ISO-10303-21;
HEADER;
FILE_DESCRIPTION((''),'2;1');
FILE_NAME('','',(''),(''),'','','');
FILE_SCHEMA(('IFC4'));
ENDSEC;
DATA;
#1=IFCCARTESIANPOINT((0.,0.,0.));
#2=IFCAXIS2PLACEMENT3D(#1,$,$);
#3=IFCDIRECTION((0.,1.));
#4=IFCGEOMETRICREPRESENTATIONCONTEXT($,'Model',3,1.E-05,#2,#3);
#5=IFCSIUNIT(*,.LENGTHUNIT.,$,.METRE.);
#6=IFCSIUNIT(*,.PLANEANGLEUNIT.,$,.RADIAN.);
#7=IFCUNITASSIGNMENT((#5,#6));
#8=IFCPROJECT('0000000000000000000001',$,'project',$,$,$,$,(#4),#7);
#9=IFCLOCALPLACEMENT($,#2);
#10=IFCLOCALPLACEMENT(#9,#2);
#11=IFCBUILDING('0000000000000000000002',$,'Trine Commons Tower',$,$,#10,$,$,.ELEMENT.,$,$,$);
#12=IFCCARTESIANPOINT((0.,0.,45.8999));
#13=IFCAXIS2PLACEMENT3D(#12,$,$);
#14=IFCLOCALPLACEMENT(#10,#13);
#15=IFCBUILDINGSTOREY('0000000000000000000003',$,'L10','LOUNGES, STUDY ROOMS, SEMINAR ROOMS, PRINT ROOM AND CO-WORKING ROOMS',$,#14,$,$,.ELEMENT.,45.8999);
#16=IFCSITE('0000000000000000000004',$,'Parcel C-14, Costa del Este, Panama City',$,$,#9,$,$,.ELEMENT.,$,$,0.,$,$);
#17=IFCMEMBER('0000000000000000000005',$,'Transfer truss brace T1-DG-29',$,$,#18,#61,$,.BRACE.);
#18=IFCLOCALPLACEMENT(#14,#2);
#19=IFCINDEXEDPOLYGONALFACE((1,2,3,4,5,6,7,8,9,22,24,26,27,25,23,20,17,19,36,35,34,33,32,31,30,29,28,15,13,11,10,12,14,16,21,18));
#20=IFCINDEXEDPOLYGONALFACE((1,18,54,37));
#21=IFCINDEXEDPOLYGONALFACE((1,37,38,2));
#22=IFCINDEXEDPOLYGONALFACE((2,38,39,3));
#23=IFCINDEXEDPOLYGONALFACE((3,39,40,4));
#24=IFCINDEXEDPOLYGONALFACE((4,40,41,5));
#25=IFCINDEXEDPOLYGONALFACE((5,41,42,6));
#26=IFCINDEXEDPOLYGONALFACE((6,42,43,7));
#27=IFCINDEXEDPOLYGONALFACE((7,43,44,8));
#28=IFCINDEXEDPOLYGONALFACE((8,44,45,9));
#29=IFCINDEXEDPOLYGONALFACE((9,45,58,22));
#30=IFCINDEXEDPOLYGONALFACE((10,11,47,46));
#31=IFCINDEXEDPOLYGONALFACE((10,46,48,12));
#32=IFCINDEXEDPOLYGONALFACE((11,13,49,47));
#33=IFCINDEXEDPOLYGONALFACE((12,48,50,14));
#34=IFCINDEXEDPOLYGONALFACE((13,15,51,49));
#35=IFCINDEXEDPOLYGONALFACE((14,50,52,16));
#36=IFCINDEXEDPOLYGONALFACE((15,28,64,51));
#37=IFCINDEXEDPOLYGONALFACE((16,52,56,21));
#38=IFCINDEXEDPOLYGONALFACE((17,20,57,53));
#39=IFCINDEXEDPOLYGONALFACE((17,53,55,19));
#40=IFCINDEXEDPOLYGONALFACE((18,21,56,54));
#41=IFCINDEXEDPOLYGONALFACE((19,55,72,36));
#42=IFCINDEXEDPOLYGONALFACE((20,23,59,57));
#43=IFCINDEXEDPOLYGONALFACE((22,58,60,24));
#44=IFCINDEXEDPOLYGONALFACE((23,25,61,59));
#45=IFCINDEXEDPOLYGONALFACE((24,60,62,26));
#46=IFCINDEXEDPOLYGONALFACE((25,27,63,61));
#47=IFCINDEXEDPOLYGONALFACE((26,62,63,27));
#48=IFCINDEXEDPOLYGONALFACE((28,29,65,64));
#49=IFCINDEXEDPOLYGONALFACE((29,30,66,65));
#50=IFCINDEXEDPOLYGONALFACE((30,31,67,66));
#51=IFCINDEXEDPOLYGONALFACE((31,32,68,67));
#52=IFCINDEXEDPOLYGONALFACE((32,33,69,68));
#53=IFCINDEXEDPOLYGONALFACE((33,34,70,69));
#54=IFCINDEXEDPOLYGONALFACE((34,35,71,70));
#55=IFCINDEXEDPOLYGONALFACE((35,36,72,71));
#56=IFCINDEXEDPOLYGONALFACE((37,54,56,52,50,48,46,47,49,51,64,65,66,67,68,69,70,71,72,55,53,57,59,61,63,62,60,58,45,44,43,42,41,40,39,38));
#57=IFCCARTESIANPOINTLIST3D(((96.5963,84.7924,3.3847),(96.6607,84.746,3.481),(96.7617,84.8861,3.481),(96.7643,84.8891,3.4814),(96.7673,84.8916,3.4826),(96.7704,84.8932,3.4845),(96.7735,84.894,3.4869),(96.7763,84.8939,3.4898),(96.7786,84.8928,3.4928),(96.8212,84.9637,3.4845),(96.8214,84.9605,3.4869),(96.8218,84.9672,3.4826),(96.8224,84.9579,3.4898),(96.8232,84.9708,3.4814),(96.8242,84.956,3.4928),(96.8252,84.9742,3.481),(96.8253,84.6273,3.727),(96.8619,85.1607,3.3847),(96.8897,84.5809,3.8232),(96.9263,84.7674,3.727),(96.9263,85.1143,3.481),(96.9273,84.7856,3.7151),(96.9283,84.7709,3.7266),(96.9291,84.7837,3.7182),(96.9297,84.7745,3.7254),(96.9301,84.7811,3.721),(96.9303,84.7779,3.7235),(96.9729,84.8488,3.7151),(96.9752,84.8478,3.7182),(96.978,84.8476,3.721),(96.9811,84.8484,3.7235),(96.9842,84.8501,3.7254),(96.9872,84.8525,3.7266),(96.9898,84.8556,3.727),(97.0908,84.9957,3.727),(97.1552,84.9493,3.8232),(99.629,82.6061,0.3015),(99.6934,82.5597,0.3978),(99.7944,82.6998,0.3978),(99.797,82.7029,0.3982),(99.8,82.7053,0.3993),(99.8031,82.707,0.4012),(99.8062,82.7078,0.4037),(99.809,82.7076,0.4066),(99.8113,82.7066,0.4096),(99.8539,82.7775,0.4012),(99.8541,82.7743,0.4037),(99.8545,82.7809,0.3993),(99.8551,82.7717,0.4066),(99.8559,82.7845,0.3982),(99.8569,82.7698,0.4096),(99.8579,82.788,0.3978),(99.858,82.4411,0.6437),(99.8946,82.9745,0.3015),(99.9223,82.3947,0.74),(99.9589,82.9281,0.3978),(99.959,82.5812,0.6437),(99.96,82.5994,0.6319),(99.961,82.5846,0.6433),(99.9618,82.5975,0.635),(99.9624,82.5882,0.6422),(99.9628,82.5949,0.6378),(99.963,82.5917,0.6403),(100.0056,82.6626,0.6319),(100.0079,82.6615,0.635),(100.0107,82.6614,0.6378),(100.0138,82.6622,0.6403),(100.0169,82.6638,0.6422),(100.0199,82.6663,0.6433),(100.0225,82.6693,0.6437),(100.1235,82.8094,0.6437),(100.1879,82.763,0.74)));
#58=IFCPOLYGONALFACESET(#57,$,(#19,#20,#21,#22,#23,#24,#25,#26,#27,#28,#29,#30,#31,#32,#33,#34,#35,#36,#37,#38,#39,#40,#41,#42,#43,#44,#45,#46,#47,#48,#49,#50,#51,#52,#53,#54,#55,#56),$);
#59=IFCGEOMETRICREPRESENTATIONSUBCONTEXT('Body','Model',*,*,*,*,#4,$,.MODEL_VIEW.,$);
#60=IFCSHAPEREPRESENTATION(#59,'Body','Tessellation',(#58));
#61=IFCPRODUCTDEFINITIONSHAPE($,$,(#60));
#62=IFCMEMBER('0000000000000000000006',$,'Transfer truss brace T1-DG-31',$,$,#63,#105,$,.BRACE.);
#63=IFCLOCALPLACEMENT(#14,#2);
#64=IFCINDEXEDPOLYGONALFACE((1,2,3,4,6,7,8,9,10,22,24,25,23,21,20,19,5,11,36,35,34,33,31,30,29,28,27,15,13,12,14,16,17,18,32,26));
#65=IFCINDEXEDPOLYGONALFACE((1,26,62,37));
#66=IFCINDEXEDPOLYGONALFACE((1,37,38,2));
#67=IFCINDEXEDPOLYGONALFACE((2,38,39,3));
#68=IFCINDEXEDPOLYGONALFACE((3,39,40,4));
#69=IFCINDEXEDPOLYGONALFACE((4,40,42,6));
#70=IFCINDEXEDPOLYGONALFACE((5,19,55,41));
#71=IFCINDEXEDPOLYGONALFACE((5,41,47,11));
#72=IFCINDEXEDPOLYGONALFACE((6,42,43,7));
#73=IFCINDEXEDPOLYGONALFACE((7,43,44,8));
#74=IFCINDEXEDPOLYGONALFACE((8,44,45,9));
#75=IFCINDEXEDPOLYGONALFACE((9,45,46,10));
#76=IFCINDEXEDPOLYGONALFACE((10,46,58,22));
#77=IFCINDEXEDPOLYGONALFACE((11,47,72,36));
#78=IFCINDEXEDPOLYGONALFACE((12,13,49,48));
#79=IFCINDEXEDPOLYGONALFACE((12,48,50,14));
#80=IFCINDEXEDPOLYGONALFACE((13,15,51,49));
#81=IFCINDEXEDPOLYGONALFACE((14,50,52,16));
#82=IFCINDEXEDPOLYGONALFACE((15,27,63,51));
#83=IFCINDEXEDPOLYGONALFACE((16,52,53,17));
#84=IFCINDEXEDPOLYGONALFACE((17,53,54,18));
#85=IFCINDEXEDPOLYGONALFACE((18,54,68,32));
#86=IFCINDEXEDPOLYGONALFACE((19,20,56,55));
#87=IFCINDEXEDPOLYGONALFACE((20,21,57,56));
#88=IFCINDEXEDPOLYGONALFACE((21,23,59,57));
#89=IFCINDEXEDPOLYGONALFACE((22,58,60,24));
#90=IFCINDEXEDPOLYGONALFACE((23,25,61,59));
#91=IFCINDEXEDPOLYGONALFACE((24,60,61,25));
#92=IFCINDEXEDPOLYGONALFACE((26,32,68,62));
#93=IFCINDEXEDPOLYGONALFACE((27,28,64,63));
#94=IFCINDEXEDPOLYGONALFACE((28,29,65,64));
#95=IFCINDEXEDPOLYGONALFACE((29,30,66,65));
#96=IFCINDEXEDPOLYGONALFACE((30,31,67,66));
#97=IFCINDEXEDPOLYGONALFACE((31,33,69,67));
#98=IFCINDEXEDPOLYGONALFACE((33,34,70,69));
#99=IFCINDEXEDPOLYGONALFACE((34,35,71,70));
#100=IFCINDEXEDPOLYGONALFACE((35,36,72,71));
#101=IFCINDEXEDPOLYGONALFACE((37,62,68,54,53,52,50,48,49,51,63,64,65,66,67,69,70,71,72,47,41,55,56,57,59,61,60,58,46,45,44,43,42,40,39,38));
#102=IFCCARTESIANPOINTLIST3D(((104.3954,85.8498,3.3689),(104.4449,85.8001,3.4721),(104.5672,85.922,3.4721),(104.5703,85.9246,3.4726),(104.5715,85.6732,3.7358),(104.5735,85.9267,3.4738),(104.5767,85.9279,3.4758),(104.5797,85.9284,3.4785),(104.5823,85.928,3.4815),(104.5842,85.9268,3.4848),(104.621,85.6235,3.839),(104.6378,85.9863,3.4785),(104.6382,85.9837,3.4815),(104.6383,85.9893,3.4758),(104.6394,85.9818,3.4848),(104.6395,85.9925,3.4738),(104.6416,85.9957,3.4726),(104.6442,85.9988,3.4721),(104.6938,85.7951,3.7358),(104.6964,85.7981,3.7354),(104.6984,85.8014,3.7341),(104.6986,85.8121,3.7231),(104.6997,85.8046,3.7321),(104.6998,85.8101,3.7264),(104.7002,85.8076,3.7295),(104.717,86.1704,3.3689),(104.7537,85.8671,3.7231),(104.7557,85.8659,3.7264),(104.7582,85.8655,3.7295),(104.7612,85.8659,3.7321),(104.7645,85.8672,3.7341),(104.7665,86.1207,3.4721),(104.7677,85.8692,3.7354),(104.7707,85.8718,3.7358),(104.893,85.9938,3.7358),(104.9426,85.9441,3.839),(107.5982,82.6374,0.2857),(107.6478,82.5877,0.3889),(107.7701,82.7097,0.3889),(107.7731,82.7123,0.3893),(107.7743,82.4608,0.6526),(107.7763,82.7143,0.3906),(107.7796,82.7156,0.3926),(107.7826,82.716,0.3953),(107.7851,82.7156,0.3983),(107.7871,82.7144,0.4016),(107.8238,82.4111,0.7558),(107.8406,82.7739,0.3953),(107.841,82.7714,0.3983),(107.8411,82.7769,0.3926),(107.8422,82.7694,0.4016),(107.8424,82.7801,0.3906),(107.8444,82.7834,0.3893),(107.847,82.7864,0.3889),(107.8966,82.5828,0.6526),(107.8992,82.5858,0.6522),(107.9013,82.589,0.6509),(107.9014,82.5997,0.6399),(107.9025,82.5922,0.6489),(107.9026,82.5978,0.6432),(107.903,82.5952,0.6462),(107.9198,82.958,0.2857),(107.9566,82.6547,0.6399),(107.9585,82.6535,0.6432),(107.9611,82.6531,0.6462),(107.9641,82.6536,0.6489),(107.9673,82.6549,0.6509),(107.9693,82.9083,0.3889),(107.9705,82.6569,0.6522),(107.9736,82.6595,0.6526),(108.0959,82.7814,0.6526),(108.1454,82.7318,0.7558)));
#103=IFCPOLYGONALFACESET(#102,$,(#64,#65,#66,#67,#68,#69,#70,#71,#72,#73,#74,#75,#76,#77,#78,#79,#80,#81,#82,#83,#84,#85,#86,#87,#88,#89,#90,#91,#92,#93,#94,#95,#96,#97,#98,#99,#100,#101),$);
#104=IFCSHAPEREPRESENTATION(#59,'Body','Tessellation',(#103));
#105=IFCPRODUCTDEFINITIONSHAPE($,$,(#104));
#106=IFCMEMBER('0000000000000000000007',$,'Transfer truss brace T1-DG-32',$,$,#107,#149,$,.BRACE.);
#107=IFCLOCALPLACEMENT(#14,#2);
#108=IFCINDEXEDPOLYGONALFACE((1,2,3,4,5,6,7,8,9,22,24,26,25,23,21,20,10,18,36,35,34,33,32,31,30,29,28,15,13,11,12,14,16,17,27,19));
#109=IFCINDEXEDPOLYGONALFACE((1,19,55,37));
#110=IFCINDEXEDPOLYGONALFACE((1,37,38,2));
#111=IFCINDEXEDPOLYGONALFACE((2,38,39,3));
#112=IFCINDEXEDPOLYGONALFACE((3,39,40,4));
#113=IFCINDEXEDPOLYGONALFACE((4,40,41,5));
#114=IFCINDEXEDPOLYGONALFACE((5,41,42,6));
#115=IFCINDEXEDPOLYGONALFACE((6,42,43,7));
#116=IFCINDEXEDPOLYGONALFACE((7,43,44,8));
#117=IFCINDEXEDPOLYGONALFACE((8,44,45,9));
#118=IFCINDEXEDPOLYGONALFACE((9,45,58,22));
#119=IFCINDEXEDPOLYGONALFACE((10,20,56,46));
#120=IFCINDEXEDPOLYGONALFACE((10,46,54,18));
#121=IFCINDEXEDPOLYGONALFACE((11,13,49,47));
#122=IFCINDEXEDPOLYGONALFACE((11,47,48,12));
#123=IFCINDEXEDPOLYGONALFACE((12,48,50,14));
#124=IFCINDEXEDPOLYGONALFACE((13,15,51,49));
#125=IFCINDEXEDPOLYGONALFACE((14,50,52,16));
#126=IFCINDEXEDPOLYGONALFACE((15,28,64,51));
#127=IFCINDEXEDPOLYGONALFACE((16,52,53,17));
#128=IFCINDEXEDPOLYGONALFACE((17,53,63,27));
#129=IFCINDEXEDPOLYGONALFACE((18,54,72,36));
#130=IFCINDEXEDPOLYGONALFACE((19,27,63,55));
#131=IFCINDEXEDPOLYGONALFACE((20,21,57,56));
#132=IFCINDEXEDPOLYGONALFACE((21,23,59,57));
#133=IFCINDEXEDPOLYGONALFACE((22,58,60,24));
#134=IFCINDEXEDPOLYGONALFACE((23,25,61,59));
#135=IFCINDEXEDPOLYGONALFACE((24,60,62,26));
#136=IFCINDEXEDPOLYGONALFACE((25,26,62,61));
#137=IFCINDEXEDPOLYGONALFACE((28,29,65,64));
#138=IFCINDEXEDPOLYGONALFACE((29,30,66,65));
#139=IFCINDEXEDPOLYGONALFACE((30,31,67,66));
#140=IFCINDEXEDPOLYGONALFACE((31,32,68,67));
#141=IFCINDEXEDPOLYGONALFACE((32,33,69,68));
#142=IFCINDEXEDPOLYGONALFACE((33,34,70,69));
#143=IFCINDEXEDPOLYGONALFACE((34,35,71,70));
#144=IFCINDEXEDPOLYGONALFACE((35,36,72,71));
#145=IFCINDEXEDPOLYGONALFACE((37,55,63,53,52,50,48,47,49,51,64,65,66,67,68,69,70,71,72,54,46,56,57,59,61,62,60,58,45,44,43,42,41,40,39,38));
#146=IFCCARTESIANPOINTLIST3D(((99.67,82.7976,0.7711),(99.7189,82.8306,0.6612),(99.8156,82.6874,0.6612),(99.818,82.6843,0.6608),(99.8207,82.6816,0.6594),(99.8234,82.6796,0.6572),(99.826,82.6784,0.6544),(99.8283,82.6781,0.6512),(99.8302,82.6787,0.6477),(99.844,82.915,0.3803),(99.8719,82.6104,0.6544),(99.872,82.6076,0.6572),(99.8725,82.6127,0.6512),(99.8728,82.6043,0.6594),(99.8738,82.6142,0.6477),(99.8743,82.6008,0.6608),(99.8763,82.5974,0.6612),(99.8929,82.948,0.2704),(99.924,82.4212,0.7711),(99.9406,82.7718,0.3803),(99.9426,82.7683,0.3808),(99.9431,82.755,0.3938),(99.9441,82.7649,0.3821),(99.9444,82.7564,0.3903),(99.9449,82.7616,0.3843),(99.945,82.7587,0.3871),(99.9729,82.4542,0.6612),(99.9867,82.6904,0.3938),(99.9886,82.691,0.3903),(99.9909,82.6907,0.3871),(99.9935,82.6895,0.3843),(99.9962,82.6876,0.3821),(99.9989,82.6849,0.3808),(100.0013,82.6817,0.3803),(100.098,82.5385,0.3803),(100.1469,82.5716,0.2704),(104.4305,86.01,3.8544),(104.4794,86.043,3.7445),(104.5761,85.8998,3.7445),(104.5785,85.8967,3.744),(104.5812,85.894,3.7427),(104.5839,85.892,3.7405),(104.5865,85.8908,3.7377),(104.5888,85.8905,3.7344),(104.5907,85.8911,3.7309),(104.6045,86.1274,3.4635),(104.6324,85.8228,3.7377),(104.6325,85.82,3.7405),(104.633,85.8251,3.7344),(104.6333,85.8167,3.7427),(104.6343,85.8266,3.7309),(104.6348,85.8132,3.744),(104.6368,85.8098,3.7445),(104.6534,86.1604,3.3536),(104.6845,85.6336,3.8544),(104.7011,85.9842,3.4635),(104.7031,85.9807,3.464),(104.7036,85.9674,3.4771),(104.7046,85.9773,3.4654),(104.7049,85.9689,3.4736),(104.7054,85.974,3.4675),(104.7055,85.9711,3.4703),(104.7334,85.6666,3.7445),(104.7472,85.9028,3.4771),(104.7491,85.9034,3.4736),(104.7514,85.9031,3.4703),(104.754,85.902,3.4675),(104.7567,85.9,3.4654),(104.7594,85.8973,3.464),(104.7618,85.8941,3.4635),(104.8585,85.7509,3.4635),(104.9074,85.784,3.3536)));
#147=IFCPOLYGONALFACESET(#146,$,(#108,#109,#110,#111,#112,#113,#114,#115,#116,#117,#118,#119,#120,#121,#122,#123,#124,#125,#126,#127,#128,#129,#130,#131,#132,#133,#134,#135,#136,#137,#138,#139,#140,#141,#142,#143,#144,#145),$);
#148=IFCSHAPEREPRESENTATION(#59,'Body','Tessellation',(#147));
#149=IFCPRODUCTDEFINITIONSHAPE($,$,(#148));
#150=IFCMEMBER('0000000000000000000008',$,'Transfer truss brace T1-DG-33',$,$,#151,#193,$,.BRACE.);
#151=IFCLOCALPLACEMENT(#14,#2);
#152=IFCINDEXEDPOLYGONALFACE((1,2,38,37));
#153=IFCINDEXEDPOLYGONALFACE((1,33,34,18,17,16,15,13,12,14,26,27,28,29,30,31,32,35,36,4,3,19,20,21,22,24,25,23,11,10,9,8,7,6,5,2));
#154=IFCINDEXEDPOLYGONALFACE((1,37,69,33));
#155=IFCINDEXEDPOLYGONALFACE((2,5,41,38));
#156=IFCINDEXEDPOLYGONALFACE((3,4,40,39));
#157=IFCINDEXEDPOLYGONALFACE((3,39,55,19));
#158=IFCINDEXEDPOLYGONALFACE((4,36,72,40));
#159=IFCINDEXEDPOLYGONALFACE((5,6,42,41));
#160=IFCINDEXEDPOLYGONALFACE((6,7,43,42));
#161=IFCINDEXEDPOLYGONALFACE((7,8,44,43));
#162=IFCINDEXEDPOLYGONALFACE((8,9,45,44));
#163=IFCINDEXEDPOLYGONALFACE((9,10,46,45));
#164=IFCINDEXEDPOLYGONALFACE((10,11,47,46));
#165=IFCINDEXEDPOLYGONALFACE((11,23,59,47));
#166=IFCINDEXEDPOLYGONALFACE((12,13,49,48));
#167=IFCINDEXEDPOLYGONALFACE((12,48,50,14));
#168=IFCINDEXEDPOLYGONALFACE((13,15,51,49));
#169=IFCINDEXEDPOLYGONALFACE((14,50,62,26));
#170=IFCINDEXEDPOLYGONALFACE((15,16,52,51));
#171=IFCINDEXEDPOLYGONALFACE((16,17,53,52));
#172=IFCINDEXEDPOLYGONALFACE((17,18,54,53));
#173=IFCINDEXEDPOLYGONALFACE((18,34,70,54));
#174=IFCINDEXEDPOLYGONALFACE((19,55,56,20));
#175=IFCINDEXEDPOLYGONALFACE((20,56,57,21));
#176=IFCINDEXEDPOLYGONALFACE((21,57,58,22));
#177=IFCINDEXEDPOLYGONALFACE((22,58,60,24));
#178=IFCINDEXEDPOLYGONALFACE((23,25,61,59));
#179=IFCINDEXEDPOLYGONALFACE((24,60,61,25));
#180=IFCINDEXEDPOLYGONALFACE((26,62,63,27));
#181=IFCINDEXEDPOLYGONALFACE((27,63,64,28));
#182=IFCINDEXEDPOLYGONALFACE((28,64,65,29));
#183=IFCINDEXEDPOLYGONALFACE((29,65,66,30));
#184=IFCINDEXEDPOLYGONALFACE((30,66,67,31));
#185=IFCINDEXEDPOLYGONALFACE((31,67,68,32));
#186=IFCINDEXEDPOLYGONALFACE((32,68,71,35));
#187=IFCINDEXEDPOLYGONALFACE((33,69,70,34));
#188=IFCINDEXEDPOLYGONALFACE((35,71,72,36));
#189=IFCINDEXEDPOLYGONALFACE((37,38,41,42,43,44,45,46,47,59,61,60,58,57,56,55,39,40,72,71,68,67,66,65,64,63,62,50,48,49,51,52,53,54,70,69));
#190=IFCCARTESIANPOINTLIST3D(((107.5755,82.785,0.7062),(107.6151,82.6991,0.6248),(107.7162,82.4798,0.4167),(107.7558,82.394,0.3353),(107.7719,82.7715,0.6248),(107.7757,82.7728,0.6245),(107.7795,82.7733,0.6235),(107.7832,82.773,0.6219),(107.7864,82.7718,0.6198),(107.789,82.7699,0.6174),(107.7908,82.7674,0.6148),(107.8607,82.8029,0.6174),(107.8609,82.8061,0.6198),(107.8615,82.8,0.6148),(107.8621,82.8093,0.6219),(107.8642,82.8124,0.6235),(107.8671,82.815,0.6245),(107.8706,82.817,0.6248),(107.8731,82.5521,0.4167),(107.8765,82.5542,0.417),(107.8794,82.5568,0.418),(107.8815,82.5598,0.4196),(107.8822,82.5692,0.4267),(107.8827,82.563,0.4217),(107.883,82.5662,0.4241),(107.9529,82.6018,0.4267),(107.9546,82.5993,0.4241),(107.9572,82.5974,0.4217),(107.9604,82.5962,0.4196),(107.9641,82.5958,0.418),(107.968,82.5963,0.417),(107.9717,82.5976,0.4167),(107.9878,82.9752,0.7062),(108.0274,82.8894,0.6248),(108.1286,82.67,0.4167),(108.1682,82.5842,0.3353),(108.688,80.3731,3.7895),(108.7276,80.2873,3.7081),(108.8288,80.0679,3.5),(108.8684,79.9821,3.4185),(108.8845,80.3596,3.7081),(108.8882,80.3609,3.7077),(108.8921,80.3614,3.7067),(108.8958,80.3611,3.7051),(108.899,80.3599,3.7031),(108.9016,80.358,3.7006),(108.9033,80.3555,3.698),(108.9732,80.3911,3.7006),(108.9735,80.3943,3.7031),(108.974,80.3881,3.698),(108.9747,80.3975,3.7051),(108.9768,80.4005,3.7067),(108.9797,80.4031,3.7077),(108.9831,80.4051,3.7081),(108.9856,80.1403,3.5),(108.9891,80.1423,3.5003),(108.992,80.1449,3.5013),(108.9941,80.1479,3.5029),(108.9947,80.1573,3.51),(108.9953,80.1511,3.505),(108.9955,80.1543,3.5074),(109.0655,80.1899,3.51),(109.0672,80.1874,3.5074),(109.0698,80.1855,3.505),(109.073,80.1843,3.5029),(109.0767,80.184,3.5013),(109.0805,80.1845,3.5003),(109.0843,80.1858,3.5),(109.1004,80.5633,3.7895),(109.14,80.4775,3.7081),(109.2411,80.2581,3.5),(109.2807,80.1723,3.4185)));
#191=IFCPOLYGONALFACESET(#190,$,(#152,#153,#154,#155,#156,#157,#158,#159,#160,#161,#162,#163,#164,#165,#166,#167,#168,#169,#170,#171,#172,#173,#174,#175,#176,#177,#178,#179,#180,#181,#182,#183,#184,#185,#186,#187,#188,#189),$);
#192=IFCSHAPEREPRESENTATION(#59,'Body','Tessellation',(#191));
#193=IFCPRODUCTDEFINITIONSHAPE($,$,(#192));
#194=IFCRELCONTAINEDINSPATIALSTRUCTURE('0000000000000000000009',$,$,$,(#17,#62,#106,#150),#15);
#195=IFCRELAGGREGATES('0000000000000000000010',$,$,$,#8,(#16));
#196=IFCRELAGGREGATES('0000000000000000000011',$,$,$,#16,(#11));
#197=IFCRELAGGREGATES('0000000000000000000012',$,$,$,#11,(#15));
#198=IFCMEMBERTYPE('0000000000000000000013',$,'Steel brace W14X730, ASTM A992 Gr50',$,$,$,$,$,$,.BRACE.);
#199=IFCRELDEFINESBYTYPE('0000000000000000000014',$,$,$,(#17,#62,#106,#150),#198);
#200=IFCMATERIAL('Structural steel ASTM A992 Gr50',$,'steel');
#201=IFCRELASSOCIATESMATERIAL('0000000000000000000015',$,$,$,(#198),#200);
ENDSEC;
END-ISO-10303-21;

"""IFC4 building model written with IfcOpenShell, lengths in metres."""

from ifc_helpers import new_model, si_unit, direction, frame, origin, origin_2d, place, context, subcontext, project, spatial, i_section, extrude, material, material_profile, profile_set, type_object, element, save


model = new_model("IFC4")

# Units and contexts
model_context = context("Model", 3, precision=1e-05, world=origin(), true_north=direction((0.0, 1.0)))
body_context = subcontext(model_context, "Body", "Model", "MODEL_VIEW")
ifc_project = project(units=[si_unit("LENGTHUNIT", "METRE"), si_unit("PLANEANGLEUNIT", "RADIAN")], contexts=[model_context])

# Site, building, storey
site_placement = place(None, origin())
site = spatial("IfcSite", under=ifc_project, at=site_placement, Name="Parcel C-14, Costa del Este, Panama City", CompositionType="ELEMENT", RefElevation=0.0)
building_placement = place(site_placement, origin())
building = spatial("IfcBuilding", under=site, at=building_placement, Name="Trine Commons Tower", CompositionType="ELEMENT")
storey_placement = place(building_placement, frame((0.0, 0.0, 45.8999)))
storey = spatial("IfcBuildingStorey", under=building, at=storey_placement, Name="L10", Description="LOUNGES, STUDY ROOMS, SEMINAR ROOMS, PRINT ROOM AND CO-WORKING ROOMS", CompositionType="ELEMENT", Elevation=45.8999)

# Shared definitions
ifc_material_1 = material(Name="Structural steel ASTM A992 Gr50", Category="steel")

# Members
ifc_material_profile_1 = material_profile(ifc_material_1, i_section(OverallWidth=0.4541, OverallDepth=0.5684, WebThickness=0.0779, FlangeThickness=0.1248, FilletRadius=0.0154, at=origin_2d()), Name="W14X730")
ifc_profile_set_1 = profile_set([ifc_material_profile_1], Name="Structural steel ASTM A992 Gr50")
member_type_1 = type_object("IfcMemberType", Name="Steel brace W14X730, ASTM A992 Gr50", PredefinedType="BRACE", material=ifc_profile_set_1)
member_1_placement = place(storey_placement, frame((99.9084, 82.6846, 0.5208), z_axis=(-0.625819, 0.451152, 0.636248), x_axis=(-0.584785, -0.811189, 0.0)))
element("IfcMember", 1, at=member_1_placement, inside=storey, type_object=member_type_1, Name="Transfer truss brace T1-DG-29", PredefinedType="BRACE", context=body_context, shape_type="SweptSolid", body=[
    extrude(i_section(OverallWidth=0.4541, OverallDepth=0.5684, WebThickness=0.0779, FlangeThickness=0.1248, FilletRadius=0.0154, at=origin_2d()), origin(), (0.0, 0.0, 1.0), 4.8459),
])
member_2_placement = place(storey_placement, frame((107.8718, 82.6846, 0.5208), z_axis=(-0.583942, 0.585678, 0.562132), x_axis=(-0.708155, -0.706057, 0.0)))
element("IfcMember", 2, at=member_2_placement, inside=storey, type_object=member_type_1, Name="Transfer truss brace T1-DG-31", PredefinedType="BRACE", context=body_context, shape_type="SweptSolid", body=[
    extrude(i_section(OverallWidth=0.4541, OverallDepth=0.5684, WebThickness=0.0779, FlangeThickness=0.1248, FilletRadius=0.0154, at=origin_2d()), origin(), (0.0, 0.0, 1.0), 5.4849),
])
member_3_placement = place(storey_placement, frame((99.9084, 82.6846, 0.5208), z_axis=(0.730327, 0.492828, 0.473014), x_axis=(-0.559361, 0.828924, 0.0)))
element("IfcMember", 3, at=member_3_placement, inside=storey, type_object=member_type_1, Name="Transfer truss brace T1-DG-32", PredefinedType="BRACE", context=body_context, shape_type="SweptSolid", body=[
    extrude(i_section(OverallWidth=0.4541, OverallDepth=0.5684, WebThickness=0.0779, FlangeThickness=0.1248, FilletRadius=0.0154, at=origin_2d()), origin(), (0.0, 0.0, 1.0), 6.5183),
])
member_4_placement = place(storey_placement, frame((107.8718, 82.6846, 0.5208), z_axis=(0.273383, -0.59266, 0.757638), x_axis=(0.908048, 0.418866, 0.0)))
element("IfcMember", 4, at=member_4_placement, inside=storey, type_object=member_type_1, Name="Transfer truss brace T1-DG-33", PredefinedType="BRACE", context=body_context, shape_type="SweptSolid", body=[
    extrude(i_section(OverallWidth=0.4541, OverallDepth=0.5684, WebThickness=0.0779, FlangeThickness=0.1248, FilletRadius=0.0154, at=origin_2d()), origin(), (0.0, 0.0, 1.0), 4.0696),
])

save(model, "model.ifc")
